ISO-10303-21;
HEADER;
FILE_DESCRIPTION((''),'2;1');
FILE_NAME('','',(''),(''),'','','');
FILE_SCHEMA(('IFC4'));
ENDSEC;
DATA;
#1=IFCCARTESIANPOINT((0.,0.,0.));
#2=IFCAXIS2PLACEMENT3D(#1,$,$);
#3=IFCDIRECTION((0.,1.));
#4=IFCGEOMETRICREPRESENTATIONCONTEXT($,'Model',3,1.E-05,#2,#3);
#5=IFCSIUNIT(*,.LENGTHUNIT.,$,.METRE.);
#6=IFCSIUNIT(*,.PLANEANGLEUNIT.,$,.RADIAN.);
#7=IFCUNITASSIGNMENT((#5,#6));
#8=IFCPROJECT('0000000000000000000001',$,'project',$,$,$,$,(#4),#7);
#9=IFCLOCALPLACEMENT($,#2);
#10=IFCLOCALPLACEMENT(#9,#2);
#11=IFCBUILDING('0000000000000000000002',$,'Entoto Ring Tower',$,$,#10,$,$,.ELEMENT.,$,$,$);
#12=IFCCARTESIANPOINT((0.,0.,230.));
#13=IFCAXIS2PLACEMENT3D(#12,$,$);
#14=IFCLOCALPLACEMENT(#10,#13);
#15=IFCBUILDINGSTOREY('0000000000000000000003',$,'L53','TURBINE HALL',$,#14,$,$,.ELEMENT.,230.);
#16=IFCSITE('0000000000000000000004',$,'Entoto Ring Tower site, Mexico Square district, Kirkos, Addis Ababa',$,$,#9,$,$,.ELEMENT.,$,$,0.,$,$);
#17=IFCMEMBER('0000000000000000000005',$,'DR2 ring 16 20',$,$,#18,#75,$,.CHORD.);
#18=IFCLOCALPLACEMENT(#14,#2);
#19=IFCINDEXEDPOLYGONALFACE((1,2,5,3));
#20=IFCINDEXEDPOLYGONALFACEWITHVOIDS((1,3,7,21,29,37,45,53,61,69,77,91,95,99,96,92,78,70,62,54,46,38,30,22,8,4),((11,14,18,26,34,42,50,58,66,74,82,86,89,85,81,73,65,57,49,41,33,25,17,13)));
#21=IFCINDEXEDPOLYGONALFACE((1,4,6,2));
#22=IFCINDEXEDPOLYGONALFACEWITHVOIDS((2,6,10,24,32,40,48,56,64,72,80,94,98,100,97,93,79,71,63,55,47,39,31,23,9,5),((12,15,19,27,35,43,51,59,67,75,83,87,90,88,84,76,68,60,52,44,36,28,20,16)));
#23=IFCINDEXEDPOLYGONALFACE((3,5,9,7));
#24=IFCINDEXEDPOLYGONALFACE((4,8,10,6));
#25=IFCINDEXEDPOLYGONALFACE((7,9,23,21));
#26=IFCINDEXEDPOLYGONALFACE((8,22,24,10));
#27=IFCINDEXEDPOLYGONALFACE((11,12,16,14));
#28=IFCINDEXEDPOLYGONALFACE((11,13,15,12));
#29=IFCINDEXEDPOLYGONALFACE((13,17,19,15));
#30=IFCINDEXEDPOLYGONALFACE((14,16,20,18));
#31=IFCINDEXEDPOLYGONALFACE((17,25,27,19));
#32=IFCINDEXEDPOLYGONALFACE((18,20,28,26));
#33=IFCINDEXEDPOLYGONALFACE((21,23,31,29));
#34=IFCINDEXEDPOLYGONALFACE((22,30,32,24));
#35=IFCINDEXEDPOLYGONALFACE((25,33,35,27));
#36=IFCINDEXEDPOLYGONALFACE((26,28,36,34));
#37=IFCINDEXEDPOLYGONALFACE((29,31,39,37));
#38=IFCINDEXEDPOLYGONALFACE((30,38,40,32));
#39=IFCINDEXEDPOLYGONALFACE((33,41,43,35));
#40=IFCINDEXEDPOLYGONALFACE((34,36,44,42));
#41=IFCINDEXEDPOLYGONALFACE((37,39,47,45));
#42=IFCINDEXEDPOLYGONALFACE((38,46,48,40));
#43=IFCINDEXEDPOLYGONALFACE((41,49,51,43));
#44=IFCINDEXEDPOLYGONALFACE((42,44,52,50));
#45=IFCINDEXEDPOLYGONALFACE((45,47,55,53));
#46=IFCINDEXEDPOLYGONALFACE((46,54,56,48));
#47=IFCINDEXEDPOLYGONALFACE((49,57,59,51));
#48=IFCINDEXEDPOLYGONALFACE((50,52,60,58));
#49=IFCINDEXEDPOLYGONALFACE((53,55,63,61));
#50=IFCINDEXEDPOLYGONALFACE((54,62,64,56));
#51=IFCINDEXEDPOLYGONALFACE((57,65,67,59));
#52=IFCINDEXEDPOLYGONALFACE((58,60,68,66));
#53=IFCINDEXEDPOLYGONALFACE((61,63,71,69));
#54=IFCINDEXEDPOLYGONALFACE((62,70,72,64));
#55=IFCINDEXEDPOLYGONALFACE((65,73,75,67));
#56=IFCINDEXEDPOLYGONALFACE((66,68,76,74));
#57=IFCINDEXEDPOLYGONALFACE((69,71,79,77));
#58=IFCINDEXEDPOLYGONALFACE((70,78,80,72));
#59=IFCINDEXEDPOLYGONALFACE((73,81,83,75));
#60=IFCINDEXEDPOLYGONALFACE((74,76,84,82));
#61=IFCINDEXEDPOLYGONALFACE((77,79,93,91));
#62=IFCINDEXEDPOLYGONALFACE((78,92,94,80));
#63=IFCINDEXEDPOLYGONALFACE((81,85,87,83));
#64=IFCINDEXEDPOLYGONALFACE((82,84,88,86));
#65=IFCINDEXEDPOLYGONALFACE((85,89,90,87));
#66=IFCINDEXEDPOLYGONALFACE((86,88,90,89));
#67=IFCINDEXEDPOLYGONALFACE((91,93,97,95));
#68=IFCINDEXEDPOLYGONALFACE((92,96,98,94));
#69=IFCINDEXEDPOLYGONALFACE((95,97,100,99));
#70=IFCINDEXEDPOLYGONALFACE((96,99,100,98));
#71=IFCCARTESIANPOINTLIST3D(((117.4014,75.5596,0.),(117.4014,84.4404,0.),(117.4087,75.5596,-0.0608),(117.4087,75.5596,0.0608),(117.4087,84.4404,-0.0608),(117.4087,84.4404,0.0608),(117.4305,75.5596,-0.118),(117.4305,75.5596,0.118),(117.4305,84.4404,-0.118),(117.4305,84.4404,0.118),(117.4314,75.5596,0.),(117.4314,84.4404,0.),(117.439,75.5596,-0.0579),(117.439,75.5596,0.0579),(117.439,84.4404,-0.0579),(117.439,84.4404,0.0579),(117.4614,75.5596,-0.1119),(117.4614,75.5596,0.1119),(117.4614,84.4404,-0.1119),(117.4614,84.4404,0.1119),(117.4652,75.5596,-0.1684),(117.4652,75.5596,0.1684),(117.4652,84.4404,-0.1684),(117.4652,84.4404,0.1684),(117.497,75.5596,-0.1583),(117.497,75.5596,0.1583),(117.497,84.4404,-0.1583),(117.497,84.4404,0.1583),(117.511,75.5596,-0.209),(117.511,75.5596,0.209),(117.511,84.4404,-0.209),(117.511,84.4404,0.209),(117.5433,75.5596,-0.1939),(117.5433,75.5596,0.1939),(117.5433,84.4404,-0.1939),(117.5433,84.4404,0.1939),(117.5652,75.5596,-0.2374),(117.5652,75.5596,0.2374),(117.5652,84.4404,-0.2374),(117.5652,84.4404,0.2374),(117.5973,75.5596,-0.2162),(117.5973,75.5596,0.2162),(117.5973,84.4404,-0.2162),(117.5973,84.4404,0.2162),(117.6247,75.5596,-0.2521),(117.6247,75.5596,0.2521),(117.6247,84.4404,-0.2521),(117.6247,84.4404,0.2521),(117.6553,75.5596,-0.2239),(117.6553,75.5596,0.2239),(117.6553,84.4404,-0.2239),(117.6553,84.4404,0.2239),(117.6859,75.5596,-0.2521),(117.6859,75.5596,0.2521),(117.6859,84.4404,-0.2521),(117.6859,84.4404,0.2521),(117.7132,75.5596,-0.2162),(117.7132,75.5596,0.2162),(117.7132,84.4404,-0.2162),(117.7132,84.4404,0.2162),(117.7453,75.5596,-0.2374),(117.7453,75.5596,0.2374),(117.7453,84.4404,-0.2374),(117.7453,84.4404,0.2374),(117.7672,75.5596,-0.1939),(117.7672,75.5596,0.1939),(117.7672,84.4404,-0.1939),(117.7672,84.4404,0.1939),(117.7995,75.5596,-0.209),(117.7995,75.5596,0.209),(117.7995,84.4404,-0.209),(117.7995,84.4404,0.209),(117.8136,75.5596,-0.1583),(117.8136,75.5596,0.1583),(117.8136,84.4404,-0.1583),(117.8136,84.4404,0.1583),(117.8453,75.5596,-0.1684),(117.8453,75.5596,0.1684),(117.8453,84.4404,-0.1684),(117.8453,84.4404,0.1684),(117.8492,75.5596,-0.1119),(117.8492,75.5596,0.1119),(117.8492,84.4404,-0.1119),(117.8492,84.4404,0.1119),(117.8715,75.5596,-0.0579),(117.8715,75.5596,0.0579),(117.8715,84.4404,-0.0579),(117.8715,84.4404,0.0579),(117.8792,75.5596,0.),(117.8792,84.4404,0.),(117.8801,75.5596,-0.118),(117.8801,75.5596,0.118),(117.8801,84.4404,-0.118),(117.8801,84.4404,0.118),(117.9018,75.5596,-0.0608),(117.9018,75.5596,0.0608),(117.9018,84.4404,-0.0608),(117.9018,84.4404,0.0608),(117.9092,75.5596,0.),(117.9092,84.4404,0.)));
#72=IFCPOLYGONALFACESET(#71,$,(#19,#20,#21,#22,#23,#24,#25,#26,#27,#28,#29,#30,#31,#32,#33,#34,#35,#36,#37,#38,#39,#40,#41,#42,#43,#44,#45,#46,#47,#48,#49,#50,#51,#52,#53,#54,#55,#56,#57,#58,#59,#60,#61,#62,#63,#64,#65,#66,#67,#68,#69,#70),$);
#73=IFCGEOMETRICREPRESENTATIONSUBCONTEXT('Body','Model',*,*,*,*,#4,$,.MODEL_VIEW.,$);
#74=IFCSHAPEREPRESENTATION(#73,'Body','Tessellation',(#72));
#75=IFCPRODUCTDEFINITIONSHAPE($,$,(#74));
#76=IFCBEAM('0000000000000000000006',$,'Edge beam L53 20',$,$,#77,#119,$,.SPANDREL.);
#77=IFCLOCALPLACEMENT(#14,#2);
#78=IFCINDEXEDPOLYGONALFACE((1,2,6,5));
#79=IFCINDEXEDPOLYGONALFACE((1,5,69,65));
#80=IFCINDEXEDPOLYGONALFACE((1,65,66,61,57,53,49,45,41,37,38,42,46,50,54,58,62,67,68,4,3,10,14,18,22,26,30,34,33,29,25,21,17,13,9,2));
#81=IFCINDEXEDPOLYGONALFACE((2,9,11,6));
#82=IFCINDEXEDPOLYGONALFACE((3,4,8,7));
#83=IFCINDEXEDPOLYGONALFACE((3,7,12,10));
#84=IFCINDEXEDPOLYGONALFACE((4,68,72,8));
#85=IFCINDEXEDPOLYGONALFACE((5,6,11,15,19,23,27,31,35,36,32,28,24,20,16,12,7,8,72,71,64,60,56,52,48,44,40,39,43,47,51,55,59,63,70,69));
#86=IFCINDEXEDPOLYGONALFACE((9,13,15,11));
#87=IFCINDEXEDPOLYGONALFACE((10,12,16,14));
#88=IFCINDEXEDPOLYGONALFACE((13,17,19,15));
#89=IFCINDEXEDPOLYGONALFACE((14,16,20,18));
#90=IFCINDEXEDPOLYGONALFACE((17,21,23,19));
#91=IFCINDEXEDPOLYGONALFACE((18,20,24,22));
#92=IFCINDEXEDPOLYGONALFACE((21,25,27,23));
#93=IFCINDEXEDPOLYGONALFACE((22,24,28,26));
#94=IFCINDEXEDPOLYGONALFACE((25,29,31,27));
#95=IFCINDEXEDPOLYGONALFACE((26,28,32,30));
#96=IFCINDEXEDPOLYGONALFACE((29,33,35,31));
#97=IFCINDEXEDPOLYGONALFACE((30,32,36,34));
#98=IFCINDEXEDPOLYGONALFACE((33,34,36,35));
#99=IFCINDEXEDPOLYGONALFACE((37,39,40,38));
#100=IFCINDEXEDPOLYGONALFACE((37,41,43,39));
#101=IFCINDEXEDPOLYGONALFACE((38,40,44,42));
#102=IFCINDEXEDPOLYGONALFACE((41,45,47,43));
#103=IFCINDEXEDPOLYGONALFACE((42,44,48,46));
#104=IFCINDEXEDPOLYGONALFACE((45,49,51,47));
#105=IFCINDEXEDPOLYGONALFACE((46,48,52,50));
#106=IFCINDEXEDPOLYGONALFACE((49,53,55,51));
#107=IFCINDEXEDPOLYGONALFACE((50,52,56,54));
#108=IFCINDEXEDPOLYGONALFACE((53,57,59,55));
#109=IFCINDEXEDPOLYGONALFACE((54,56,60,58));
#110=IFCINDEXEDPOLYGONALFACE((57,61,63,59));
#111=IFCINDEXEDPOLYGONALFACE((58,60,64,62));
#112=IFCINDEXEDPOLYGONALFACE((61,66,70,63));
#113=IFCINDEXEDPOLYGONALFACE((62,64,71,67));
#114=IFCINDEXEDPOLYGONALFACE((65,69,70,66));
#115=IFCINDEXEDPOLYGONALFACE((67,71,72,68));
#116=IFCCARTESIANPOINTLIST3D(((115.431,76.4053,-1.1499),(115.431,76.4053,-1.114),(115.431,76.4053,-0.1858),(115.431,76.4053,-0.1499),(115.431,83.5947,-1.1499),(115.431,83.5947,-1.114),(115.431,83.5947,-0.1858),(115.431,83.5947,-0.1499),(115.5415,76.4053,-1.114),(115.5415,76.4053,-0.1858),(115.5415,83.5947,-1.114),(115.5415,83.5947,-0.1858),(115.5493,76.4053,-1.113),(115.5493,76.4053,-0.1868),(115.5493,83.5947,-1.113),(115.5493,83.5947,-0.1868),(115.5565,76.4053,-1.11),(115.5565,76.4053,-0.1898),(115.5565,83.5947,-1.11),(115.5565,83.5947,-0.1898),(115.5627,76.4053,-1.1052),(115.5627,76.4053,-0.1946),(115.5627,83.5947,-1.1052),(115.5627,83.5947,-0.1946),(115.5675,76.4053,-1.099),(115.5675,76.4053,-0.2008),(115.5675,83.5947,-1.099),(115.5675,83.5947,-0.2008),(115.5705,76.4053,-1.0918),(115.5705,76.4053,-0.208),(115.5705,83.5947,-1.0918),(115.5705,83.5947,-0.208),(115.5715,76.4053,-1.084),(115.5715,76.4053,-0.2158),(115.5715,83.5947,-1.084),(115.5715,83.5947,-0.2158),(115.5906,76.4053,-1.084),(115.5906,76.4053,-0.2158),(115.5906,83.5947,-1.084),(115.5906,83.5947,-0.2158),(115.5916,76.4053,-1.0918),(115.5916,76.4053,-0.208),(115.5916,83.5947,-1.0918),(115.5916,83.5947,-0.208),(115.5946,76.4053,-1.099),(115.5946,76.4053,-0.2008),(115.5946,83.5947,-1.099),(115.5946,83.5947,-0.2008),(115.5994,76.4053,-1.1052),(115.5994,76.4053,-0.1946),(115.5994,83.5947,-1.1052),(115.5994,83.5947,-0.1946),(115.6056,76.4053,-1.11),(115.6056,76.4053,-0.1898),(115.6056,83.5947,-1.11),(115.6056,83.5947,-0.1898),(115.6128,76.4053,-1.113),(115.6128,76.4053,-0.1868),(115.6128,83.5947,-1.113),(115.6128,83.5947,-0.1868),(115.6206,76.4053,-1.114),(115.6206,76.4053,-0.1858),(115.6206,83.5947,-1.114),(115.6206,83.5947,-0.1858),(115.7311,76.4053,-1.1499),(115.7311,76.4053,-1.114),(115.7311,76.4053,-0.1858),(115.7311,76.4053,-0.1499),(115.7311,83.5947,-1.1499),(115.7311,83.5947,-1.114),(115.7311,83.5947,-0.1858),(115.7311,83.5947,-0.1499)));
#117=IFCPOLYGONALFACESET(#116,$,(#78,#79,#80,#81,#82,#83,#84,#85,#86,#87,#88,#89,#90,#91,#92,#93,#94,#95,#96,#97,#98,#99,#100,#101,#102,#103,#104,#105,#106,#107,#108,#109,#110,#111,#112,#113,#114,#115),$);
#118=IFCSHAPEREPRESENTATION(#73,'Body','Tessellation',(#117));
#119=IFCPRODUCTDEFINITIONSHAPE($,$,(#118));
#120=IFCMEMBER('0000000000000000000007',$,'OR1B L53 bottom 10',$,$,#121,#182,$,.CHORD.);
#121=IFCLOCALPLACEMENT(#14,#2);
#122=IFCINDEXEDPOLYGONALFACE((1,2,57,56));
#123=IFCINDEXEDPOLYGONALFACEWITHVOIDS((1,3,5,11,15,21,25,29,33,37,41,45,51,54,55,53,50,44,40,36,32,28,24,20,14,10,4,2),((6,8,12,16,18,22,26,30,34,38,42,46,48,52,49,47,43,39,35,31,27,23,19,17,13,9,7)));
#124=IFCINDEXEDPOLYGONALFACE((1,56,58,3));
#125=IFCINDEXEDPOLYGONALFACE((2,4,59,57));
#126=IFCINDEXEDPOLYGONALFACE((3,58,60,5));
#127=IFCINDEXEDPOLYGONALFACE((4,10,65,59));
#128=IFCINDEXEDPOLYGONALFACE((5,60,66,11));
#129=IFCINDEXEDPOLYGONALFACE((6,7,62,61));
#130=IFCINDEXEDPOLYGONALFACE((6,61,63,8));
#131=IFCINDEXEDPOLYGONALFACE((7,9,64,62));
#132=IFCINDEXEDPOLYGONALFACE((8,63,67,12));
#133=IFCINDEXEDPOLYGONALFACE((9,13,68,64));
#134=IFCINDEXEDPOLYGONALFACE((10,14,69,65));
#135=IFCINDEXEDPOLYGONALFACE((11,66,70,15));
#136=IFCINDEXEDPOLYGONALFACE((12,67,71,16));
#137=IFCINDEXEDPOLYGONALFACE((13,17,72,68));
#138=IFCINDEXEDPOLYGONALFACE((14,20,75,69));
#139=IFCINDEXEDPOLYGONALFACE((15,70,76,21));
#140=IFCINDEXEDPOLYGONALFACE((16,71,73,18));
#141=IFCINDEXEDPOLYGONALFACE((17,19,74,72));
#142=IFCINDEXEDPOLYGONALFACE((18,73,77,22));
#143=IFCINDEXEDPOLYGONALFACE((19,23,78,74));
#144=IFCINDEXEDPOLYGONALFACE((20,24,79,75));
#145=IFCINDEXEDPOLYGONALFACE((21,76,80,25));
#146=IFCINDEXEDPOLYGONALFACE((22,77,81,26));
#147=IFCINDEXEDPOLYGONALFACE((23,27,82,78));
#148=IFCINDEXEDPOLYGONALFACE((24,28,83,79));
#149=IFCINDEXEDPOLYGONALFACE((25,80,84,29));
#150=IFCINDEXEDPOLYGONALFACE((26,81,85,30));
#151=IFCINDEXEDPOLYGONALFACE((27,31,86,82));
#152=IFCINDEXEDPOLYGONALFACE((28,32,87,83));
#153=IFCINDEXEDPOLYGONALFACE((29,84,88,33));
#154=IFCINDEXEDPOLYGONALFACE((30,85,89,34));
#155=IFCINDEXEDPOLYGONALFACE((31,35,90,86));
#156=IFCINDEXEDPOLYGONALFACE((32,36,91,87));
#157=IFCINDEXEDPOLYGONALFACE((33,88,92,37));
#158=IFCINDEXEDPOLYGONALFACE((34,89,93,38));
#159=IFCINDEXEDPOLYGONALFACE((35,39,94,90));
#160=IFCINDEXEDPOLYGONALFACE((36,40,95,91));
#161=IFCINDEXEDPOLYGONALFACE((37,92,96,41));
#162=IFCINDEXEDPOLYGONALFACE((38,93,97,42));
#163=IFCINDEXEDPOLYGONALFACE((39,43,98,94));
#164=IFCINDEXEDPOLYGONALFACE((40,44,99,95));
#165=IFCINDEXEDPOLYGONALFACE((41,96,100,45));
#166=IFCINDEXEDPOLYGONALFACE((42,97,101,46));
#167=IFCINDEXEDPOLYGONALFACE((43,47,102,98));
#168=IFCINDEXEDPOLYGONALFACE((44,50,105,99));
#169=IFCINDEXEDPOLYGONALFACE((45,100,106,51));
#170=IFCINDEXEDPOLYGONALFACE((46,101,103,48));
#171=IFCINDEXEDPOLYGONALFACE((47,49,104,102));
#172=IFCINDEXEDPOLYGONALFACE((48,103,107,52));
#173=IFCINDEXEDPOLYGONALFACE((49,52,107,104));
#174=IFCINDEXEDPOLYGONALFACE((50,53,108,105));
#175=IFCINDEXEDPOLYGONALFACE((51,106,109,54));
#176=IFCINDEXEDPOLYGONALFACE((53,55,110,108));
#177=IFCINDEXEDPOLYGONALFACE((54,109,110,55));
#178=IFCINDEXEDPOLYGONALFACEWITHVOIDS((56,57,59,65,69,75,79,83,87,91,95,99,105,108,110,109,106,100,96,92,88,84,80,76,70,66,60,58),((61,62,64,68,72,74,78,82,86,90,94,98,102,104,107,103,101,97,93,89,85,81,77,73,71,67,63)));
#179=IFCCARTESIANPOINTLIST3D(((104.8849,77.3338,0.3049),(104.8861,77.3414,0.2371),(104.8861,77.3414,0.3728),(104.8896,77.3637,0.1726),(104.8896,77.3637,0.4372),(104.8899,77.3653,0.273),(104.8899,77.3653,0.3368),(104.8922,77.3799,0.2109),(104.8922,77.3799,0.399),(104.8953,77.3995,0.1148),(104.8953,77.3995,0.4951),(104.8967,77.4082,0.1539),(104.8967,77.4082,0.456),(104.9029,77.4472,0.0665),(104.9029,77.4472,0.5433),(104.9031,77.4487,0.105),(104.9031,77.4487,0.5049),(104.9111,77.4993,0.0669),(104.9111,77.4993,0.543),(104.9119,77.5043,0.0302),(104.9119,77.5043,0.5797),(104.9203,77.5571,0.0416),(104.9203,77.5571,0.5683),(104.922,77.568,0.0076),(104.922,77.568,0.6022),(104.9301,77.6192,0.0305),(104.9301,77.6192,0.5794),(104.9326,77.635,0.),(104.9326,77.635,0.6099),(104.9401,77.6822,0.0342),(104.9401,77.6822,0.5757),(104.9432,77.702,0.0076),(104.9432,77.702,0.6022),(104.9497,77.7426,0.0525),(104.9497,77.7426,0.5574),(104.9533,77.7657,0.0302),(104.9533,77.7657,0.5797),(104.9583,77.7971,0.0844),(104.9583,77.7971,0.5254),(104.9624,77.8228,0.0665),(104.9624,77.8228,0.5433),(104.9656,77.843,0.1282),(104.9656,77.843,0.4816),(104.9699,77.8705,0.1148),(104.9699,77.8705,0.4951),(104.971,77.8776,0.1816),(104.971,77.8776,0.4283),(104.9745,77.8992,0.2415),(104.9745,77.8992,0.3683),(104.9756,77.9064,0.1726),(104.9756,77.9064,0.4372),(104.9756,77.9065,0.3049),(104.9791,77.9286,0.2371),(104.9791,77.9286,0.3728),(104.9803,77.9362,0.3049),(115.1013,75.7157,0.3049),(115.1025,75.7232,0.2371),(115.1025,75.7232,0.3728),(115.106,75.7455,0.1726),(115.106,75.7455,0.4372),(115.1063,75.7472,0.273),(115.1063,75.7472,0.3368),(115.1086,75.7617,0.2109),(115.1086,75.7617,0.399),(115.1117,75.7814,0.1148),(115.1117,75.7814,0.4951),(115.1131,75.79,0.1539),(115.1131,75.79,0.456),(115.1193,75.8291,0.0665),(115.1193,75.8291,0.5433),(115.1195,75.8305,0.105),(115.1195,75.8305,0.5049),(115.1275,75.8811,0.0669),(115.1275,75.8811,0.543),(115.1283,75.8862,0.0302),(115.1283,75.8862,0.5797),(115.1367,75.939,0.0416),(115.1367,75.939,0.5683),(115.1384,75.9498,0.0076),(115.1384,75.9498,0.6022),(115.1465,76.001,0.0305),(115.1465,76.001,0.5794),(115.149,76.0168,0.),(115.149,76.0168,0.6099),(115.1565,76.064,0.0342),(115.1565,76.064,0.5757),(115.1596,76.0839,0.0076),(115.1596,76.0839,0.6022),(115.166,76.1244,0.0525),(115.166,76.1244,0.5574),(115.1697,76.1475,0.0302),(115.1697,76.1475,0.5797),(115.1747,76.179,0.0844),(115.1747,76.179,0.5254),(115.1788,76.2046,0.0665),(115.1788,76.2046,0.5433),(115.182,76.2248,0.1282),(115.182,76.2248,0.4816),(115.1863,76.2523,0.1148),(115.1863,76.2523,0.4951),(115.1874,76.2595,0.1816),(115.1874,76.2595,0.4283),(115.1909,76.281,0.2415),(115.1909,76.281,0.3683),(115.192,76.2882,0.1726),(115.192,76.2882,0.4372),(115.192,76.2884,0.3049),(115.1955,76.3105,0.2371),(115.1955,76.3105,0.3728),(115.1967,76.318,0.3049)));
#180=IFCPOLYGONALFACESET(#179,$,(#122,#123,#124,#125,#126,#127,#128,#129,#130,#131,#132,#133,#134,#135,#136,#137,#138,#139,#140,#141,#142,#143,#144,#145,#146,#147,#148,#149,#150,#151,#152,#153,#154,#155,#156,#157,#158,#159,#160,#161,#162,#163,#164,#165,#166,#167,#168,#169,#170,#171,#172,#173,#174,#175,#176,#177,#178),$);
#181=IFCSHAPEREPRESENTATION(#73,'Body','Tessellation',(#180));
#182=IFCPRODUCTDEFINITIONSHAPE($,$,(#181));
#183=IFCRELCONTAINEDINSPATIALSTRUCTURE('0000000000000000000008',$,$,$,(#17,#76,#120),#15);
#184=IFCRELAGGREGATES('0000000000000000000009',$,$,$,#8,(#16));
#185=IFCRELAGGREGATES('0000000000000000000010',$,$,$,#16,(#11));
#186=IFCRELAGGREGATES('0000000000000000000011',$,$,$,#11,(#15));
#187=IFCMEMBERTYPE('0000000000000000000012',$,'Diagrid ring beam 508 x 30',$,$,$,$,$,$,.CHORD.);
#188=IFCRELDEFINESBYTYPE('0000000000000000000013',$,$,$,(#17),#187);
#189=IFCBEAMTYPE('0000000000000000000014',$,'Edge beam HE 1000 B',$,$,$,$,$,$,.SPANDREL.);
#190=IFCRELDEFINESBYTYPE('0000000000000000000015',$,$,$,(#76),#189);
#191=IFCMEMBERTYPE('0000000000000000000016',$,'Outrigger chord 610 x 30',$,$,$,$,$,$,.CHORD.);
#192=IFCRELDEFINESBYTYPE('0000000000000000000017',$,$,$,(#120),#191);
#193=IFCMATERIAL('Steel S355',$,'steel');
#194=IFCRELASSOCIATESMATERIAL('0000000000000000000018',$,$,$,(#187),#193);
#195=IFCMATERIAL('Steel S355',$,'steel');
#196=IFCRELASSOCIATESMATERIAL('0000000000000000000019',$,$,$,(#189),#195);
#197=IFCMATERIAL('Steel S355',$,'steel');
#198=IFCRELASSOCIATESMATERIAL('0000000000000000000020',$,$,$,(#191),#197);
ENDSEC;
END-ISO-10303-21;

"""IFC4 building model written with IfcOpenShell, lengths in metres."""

from ifc_helpers import new_model, si_unit, direction, frame, origin, origin_2d, place, context, subcontext, project, spatial, circle, hollow_circle, i_section, extrude, material, material_profile, profile_set, type_object, element, save


model = new_model("IFC4")

# Units and contexts
model_context = context("Model", 3, precision=1e-05, world=origin(), true_north=direction((0.0, 1.0)))
body_context = subcontext(model_context, "Body", "Model", "MODEL_VIEW")
ifc_project = project(units=[si_unit("LENGTHUNIT", "METRE"), si_unit("PLANEANGLEUNIT", "RADIAN")], contexts=[model_context])

# Site, building, storey
site_placement = place(None, origin())
site = spatial("IfcSite", under=ifc_project, at=site_placement, Name="Entoto Ring Tower site, Mexico Square district, Kirkos, Addis Ababa", CompositionType="ELEMENT", RefElevation=0.0)
building_placement = place(site_placement, origin())
building = spatial("IfcBuilding", under=site, at=building_placement, Name="Entoto Ring Tower", CompositionType="ELEMENT")
storey_placement = place(building_placement, frame((0.0, 0.0, 230.0)))
storey = spatial("IfcBuildingStorey", under=building, at=storey_placement, Name="L53", Description="TURBINE HALL", CompositionType="ELEMENT", Elevation=230.0)

# Member
ifc_material_1 = material(Name="Steel S355", Category="steel")
ifc_material_profile_1 = material_profile(ifc_material_1, hollow_circle(Radius=0.2539, WallThickness=0.03, at=origin_2d()), Name="CHS 508 x 30")
ifc_material_2 = material(Name="Concrete C60/75", Category="concrete")
ifc_material_profile_2 = material_profile(ifc_material_2, circle(Radius=0.2241, at=origin_2d()), Name="Concrete C60/75 infill")
ifc_profile_set_1 = profile_set([ifc_material_profile_1, ifc_material_profile_2], Name="Steel S355")
member_type_1 = type_object("IfcMemberType", Name="Diagrid ring beam 508 x 30", PredefinedType="CHORD", material=ifc_profile_set_1)
member_1_placement = place(storey_placement, frame((117.6553, 75.5596, 0.0), z_axis=(0.0, 1.0, 0.0), x_axis=(-1.0, 0.0, 0.0)))
element("IfcMember", 1, at=member_1_placement, inside=storey, type_object=member_type_1, Name="DR2 ring 16 20", PredefinedType="CHORD", context=body_context, shape_type="SweptSolid", body=[
    extrude(hollow_circle(Radius=0.2539, WallThickness=0.03, at=origin_2d()), origin(), (0.0, 0.0, 1.0), 8.8809),
])

# Beam
ifc_material_3 = material(Name="Steel S355", Category="steel")
ifc_material_profile_3 = material_profile(ifc_material_3, i_section(OverallWidth=0.3, OverallDepth=1.0, WebThickness=0.019, FlangeThickness=0.0359, FilletRadius=0.03, at=origin_2d()), Name="HE 1000 B")
ifc_profile_set_2 = profile_set([ifc_material_profile_3], Name="Steel S355")
beam_type_1 = type_object("IfcBeamType", Name="Edge beam HE 1000 B", PredefinedType="SPANDREL", material=ifc_profile_set_2)
beam_1_placement = place(storey_placement, frame((115.5811, 76.4053, -0.6499), z_axis=(0.0, 1.0, 0.0), x_axis=(-1.0, 0.0, 0.0)))
element("IfcBeam", 2, at=beam_1_placement, inside=storey, type_object=beam_type_1, Name="Edge beam L53 20", PredefinedType="SPANDREL", context=body_context, shape_type="SweptSolid", body=[
    extrude(i_section(OverallWidth=0.3, OverallDepth=1.0, WebThickness=0.019, FlangeThickness=0.0359, FilletRadius=0.03, at=origin_2d()), origin(), (0.0, 0.0, 1.0), 7.1895),
])

# Member
ifc_material_4 = material(Name="Steel S355", Category="steel")
ifc_material_profile_4 = material_profile(ifc_material_4, hollow_circle(Radius=0.3049, WallThickness=0.03, at=origin_2d()), Name="CHS 610 x 30")
ifc_material_5 = material(Name="Concrete C60/75", Category="concrete")
ifc_material_profile_5 = material_profile(ifc_material_5, circle(Radius=0.2749, at=origin_2d()), Name="Concrete C60/75 infill")
ifc_profile_set_3 = profile_set([ifc_material_profile_4, ifc_material_profile_5], Name="Steel S355")
member_type_2 = type_object("IfcMemberType", Name="Outrigger chord 610 x 30", PredefinedType="CHORD", material=ifc_profile_set_3)
for number, where, z_axis, x_axis, name in (
    (3, (104.9326, 77.635, 0.3049), (0.987687, -0.15644, 0.0), (0.15644, 0.987687, 0.0), "OR1B L53 bottom 10"),
):
    element("IfcMember", number, at=place(storey_placement, frame(where, z_axis=z_axis, x_axis=x_axis)), inside=storey, type_object=member_type_2, Name=name, PredefinedType="CHORD", context=body_context, shape_type="SweptSolid", body=[
        extrude(hollow_circle(Radius=0.3049, WallThickness=0.03, at=origin_2d()), origin(), (0.0, 0.0, 1.0), 10.3438),
    ])

save(model, "model.ifc")
